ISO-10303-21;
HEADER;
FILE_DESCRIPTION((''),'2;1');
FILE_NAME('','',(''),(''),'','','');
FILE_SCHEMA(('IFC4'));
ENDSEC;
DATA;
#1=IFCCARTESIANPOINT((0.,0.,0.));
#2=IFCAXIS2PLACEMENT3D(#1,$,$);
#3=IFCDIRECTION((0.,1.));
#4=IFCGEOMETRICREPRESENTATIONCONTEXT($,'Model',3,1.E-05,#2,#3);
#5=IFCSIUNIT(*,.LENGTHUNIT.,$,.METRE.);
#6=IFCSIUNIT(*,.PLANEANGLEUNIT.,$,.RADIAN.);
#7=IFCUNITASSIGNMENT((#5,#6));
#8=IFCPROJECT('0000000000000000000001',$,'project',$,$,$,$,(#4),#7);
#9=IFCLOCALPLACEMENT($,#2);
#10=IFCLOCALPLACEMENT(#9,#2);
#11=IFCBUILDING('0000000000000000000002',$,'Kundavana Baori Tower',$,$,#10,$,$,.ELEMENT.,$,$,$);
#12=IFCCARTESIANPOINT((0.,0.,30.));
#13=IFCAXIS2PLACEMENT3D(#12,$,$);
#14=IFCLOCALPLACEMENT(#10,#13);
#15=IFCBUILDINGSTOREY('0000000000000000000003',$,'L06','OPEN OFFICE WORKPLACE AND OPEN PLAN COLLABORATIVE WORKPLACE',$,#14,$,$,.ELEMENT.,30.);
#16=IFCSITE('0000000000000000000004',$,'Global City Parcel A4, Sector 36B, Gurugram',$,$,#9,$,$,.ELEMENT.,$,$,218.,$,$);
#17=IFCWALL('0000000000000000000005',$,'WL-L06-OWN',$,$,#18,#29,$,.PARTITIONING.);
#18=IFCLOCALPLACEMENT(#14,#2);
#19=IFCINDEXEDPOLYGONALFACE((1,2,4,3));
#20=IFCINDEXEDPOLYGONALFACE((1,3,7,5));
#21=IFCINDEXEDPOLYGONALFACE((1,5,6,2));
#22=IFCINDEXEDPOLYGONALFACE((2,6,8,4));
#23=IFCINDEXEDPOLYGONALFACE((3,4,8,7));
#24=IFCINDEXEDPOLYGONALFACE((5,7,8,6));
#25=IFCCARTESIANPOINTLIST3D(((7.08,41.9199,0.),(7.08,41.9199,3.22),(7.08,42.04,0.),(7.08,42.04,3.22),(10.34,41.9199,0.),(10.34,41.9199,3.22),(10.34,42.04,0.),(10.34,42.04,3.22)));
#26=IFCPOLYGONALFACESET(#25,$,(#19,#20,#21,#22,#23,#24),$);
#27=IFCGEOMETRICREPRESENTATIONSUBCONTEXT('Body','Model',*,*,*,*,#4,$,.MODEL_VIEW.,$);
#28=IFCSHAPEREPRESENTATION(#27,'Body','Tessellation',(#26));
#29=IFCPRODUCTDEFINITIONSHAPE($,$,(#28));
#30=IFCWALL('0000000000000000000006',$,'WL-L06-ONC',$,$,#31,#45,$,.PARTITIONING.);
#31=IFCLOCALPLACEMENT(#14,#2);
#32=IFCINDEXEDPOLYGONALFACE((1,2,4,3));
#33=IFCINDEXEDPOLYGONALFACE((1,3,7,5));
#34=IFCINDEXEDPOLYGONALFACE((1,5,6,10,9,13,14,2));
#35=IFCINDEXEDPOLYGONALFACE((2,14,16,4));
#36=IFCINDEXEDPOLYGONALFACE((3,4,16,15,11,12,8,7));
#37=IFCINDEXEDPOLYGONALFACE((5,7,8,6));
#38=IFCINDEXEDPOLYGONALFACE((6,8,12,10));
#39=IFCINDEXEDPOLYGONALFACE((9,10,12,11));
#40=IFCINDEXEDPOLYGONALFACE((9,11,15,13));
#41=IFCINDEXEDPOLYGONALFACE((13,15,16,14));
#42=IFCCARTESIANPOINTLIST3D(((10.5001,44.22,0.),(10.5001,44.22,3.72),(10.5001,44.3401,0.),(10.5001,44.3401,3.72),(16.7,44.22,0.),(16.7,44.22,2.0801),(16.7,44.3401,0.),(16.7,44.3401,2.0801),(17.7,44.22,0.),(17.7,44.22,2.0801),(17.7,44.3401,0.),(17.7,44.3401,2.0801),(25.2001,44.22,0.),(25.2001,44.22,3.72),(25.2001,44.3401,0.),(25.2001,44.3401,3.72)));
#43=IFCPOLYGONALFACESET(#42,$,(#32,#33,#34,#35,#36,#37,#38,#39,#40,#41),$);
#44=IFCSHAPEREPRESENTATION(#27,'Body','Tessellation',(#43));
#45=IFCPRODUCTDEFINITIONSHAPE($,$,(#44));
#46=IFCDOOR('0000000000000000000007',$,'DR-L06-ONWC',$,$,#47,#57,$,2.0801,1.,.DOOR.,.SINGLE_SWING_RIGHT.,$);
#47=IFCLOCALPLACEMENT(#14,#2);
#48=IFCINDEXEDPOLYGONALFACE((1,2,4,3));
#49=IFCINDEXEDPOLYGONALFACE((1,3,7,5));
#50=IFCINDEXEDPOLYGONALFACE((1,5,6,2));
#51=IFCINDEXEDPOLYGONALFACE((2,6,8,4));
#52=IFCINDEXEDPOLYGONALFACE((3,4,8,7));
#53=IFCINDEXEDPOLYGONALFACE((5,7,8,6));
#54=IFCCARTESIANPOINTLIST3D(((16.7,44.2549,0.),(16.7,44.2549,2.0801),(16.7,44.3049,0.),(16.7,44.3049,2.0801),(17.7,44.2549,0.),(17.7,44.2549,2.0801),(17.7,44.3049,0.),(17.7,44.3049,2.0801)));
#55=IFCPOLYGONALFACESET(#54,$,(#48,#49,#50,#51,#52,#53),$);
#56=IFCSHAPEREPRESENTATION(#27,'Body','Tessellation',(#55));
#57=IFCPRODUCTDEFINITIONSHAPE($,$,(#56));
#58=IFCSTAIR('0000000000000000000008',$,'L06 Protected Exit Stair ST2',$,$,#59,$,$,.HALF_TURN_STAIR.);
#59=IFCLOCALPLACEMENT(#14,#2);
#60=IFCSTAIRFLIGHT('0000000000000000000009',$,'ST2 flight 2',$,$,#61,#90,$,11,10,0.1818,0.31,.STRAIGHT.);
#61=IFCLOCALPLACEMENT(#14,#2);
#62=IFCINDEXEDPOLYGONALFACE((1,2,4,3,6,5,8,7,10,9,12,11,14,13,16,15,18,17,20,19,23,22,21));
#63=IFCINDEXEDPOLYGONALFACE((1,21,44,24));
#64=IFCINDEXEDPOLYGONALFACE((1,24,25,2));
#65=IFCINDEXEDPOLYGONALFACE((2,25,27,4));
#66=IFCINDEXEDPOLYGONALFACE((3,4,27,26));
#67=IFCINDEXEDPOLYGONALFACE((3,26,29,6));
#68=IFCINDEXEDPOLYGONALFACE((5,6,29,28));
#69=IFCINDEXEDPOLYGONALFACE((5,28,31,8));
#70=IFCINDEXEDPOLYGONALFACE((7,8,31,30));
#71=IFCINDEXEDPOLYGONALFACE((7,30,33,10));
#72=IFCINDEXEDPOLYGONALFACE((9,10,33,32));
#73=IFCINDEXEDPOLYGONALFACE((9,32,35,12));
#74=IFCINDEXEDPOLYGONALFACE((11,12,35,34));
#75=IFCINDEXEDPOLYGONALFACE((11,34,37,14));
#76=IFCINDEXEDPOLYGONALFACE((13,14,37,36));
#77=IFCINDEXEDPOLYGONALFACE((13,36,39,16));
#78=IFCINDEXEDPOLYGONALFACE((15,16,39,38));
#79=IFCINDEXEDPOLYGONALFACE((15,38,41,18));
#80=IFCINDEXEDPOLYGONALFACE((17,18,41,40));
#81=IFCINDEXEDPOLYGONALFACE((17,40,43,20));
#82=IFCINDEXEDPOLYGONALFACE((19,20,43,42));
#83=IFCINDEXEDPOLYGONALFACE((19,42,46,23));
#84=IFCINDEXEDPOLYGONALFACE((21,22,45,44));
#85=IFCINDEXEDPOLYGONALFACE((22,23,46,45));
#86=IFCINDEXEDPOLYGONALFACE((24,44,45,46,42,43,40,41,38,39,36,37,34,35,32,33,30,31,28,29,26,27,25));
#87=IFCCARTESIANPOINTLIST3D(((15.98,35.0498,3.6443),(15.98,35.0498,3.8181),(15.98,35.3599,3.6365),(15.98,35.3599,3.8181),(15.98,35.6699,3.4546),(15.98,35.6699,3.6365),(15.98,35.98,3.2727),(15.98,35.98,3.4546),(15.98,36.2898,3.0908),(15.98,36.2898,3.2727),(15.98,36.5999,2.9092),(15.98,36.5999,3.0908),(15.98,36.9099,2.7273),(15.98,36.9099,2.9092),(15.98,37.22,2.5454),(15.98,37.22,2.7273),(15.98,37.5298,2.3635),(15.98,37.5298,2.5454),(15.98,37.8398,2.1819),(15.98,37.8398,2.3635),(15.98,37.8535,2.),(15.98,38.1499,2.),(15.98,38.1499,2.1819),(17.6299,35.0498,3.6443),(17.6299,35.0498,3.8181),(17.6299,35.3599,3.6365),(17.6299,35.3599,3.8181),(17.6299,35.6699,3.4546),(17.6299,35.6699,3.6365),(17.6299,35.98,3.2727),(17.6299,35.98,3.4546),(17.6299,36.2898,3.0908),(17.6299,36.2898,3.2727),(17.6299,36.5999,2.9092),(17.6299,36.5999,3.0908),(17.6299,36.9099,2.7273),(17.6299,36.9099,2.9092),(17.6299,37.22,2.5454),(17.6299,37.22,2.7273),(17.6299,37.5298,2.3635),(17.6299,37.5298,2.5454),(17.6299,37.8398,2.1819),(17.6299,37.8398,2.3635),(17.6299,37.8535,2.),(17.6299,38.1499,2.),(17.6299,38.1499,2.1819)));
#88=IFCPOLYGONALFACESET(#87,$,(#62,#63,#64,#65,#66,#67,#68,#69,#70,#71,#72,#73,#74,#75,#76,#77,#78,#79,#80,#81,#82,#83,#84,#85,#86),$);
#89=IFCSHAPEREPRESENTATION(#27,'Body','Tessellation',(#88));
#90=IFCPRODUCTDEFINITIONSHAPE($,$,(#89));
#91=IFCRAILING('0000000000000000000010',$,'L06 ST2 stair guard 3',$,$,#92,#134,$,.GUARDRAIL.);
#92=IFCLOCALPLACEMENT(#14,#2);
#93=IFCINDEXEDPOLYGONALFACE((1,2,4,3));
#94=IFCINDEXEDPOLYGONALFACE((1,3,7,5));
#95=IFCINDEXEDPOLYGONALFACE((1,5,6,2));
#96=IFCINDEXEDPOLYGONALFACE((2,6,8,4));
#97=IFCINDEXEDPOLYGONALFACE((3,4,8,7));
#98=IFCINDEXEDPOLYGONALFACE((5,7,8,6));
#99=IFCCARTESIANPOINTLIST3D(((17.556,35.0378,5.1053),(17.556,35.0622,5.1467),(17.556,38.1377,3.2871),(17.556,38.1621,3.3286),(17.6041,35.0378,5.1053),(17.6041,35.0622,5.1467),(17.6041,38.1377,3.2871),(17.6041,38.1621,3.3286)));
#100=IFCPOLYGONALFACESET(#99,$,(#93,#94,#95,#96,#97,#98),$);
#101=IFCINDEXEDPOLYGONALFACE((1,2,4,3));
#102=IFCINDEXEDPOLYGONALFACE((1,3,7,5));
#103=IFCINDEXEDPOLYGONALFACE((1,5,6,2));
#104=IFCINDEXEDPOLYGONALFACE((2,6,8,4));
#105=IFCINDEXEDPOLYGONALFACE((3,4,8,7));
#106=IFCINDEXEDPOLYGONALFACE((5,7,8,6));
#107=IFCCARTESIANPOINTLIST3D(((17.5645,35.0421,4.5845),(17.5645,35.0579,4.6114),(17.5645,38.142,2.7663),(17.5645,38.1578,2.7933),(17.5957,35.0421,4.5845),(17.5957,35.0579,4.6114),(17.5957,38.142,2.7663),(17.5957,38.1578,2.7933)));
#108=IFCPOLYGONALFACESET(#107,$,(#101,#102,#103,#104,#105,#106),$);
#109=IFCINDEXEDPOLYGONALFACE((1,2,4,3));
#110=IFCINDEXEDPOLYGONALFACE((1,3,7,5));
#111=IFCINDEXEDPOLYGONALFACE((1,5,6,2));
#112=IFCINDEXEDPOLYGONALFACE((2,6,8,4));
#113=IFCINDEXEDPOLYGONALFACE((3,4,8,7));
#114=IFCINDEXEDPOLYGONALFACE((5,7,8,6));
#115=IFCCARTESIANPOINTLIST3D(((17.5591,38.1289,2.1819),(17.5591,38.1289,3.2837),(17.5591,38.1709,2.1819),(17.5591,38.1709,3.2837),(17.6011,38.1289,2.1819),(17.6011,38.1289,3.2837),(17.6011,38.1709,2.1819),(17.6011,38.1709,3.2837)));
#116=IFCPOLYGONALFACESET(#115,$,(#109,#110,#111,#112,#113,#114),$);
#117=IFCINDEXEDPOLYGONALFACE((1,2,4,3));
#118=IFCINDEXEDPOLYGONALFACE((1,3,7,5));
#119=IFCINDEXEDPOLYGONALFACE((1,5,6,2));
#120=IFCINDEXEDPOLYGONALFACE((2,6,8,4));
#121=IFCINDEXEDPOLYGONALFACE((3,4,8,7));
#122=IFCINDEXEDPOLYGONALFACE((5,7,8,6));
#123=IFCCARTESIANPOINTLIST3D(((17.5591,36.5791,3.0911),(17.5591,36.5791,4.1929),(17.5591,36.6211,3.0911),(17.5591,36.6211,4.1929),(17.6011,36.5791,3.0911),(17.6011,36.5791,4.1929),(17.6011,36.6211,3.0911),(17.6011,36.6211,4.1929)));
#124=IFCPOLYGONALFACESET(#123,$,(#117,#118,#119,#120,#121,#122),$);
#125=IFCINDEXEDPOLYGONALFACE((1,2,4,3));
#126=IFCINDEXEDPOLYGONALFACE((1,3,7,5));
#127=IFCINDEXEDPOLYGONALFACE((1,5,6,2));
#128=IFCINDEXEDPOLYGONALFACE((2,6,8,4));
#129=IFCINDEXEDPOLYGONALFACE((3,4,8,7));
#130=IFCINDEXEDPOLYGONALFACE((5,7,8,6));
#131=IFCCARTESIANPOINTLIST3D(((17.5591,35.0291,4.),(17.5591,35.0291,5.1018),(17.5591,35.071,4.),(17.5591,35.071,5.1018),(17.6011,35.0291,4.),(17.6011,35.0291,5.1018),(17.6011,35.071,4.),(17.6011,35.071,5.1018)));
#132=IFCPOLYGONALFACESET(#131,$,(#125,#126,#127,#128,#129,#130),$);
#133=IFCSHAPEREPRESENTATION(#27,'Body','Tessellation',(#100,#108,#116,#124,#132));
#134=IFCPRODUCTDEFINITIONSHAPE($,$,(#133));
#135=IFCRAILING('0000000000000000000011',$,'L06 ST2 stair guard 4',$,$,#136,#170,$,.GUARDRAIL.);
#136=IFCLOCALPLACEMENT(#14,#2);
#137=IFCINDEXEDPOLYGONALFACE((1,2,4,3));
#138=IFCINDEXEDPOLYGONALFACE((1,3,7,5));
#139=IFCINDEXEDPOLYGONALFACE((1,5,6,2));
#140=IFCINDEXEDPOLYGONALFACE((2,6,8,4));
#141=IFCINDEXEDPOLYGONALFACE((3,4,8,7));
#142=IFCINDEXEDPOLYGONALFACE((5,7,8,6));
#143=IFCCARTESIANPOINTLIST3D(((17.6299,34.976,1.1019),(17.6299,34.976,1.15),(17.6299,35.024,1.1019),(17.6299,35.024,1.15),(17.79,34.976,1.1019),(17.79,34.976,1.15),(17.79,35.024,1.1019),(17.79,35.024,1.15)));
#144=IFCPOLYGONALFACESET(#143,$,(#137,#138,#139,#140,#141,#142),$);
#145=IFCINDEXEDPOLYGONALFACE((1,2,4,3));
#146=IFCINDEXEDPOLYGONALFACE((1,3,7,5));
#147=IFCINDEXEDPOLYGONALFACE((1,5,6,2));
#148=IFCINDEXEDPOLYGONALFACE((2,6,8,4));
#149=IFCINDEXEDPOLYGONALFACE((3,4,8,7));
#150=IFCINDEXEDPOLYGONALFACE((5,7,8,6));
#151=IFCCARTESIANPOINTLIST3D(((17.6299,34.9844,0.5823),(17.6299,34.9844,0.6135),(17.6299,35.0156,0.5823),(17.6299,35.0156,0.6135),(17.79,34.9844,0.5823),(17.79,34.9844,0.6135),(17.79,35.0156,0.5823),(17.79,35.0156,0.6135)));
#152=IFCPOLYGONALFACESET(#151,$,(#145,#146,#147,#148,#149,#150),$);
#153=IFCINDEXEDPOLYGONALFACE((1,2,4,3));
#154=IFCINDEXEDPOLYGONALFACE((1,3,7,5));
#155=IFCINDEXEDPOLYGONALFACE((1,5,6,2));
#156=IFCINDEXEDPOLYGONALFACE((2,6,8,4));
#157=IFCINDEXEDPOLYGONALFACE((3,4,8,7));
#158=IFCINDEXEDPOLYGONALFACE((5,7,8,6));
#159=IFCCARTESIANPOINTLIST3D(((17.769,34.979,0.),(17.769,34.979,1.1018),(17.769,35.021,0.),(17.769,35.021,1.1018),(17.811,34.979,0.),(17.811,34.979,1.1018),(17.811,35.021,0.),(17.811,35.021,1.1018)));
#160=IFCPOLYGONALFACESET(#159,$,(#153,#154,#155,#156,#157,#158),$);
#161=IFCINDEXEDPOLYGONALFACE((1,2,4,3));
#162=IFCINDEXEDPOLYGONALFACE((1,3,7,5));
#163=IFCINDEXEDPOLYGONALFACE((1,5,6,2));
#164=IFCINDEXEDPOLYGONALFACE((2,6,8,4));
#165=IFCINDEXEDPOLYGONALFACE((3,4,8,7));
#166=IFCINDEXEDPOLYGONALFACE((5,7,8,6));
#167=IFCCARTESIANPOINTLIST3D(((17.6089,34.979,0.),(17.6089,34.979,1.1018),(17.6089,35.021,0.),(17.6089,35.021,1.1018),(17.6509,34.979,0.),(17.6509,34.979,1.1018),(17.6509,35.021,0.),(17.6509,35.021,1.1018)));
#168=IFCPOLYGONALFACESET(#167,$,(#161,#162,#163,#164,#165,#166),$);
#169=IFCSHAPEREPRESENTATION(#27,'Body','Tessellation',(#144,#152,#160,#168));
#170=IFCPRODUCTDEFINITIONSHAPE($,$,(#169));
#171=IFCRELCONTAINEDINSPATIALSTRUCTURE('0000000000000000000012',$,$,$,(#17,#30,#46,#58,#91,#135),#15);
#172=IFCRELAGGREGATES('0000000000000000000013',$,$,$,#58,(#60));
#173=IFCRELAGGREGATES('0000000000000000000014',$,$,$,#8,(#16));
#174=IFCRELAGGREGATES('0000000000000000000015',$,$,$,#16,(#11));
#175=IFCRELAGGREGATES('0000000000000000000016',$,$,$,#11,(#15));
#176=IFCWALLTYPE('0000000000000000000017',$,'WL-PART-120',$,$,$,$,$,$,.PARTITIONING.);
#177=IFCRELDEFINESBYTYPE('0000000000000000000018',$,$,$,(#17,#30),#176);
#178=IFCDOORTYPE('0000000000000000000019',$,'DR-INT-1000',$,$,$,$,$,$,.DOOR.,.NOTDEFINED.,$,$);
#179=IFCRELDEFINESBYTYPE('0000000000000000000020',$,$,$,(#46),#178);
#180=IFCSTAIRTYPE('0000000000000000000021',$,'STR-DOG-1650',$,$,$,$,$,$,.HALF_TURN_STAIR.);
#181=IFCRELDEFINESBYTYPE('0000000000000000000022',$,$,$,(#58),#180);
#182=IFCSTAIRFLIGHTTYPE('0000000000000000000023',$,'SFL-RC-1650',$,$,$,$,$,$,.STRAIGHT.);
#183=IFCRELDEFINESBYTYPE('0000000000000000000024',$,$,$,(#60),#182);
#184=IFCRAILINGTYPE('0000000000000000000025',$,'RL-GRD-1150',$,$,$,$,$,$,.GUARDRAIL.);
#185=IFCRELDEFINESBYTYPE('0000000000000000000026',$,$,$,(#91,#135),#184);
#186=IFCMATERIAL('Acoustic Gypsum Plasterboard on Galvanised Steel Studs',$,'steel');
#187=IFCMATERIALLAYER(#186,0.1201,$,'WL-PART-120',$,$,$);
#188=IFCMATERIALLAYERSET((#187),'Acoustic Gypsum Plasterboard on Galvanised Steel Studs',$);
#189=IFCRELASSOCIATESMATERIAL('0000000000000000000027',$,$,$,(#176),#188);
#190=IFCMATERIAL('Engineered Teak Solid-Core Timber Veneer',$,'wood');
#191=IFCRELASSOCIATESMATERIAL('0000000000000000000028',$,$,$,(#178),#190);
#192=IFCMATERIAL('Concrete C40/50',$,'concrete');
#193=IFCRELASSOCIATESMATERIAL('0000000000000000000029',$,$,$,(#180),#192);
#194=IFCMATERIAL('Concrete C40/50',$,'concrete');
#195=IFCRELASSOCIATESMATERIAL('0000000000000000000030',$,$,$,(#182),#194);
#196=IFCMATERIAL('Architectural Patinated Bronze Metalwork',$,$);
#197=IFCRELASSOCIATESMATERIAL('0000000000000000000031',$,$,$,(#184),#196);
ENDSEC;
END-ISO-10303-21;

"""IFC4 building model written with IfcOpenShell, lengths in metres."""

from ifc_helpers import new_model, si_unit, direction, frame, frame_2d, origin, origin_2d, place, context, subcontext, project, spatial, polyline, rectangle, outline, extrude, material, layer, layer_set, type_object, element, fill, aggregate, save


model = new_model("IFC4")

# Units and contexts
model_context = context("Model", 3, precision=1e-05, world=origin(), true_north=direction((0.0, 1.0)))
body_context = subcontext(model_context, "Body", "Model", "MODEL_VIEW")
ifc_project = project(units=[si_unit("LENGTHUNIT", "METRE"), si_unit("PLANEANGLEUNIT", "RADIAN")], contexts=[model_context])

# Site, building, storey
site_placement = place(None, origin())
site = spatial("IfcSite", under=ifc_project, at=site_placement, Name="Global City Parcel A4, Sector 36B, Gurugram", CompositionType="ELEMENT", RefElevation=218.0)
building_placement = place(site_placement, origin())
building = spatial("IfcBuilding", under=site, at=building_placement, Name="Kundavana Baori Tower", CompositionType="ELEMENT")
storey_placement = place(building_placement, frame((0.0, 0.0, 30.0)))
storey = spatial("IfcBuildingStorey", under=building, at=storey_placement, Name="L06", Description="OPEN OFFICE WORKPLACE AND OPEN PLAN COLLABORATIVE WORKPLACE", CompositionType="ELEMENT", Elevation=30.0)

# Wall
ifc_material_1 = material(Name="Acoustic Gypsum Plasterboard on Galvanised Steel Studs", Category="steel")
ifc_layer_1 = layer(ifc_material_1, 0.1201, Name="WL-PART-120")
ifc_layer_set_1 = layer_set([ifc_layer_1], Name="Acoustic Gypsum Plasterboard on Galvanised Steel Studs")
wall_type_1 = type_object("IfcWallType", Name="WL-PART-120", PredefinedType="PARTITIONING", material=ifc_layer_set_1)
wall_1_placement = place(storey_placement, frame((7.0801, 41.98, 0.0), z_axis=(0.0, 0.0, 1.0), x_axis=(1.0, 0.0, 0.0)))
element("IfcWall", 1, at=wall_1_placement, inside=storey, type_object=wall_type_1, Name="WL-L06-OWN", PredefinedType="PARTITIONING", context=body_context, shape_type="SweptSolid", body=[
    extrude(rectangle(XDim=3.26, YDim=0.1201, at=frame_2d((1.6299, 0.0))), origin(), (0.0, 0.0, 1.0), 3.22),
])

# Wall, opening, door
wall_2_placement = place(storey_placement, frame((10.5, 44.28, 0.0), z_axis=(0.0, 0.0, 1.0), x_axis=(1.0, 0.0, 0.0)))
wall_2 = element("IfcWall", 2, at=wall_2_placement, inside=storey, type_object=wall_type_1, Name="WL-L06-ONC", PredefinedType="PARTITIONING", context=body_context, shape_type="SweptSolid", body=[
    extrude(rectangle(XDim=14.7, YDim=0.1201, at=frame_2d((7.3501, 0.0))), origin(), (0.0, 0.0, 1.0), 3.72),
])
opening_1_placement = place(wall_2_placement, frame((6.2, 0.0, 0.0)))
opening_1 = element("IfcOpeningElement", 3, at=opening_1_placement, cuts=wall_2, PredefinedType="OPENING", context=body_context, shape_type="SweptSolid", body=[
    extrude(rectangle(XDim=1.0, YDim=2.0801, at=frame_2d((0.5, 1.04))), frame((0.0, 0.0701, 0.0), z_axis=(0.0, -1.0, 0.0), x_axis=(1.0, 0.0, 0.0)), (0.0, 0.0, 1.0), 0.1401),
])
ifc_material_2 = material(Name="Engineered Teak Solid-Core Timber Veneer", Category="wood")
door_type_1 = type_object("IfcDoorType", Name="DR-INT-1000", OperationType="NOTDEFINED", PredefinedType="DOOR", material=ifc_material_2)
door_1_placement = place(opening_1_placement, origin())
door_1 = element("IfcDoor", 4, at=door_1_placement, inside=storey, type_object=door_type_1, Name="DR-L06-ONWC", OperationType="SINGLE_SWING_RIGHT", OverallHeight=2.0801, OverallWidth=1.0, PredefinedType="DOOR", context=body_context, shape_type="SweptSolid", body=[
    extrude(rectangle(XDim=1.0, YDim=2.0801, at=frame_2d((0.5, 1.04))), frame((0.0, 0.0249, 0.0), z_axis=(0.0, -1.0, 0.0), x_axis=(1.0, 0.0, 0.0)), (0.0, 0.0, 1.0), 0.05),
])
fill(opening_1, door_1)

# Stair, stair flight
ifc_material_3 = material(Name="Concrete C40/50", Category="concrete")
stair_type = type_object("IfcStairType", Name="STR-DOG-1650", PredefinedType="HALF_TURN_STAIR", material=ifc_material_3)
stair_placement = place(storey_placement, origin())
stair = element("IfcStair", 5, at=stair_placement, inside=storey, type_object=stair_type, Name="L06 Protected Exit Stair ST2", PredefinedType="HALF_TURN_STAIR")
ifc_material_4 = material(Name="Concrete C40/50", Category="concrete")
stair_flight_type = type_object("IfcStairFlightType", Name="SFL-RC-1650", PredefinedType="STRAIGHT", material=ifc_material_4)
stair_flight_placement = place(storey_placement, frame((16.8049, 38.1499, 2.0), z_axis=(0.0, 0.0, 1.0), x_axis=(0.0, -1.0, 0.0)))
stair_flight = element("IfcStairFlight", 6, at=stair_flight_placement, type_object=stair_flight_type, Name="ST2 flight 2", NumberOfRisers=11, NumberOfTreads=10, PredefinedType="STRAIGHT", RiserHeight=0.1818, TreadLength=0.31, context=body_context, shape_type="SweptSolid", body=[
    extrude(outline(polyline([(0.0, 0.0), (0.0, 0.1819), (0.3101, 0.1819), (0.3101, 0.3635), (0.6201, 0.3635), (0.6201, 0.5454), (0.9299, 0.5454), (0.9299, 0.7273), (1.24, 0.7273), (1.24, 0.9092), (1.55, 0.9092), (1.55, 1.0908), (1.8601, 1.0908), (1.8601, 1.2727), (2.1699, 1.2727), (2.1699, 1.4546), (2.48, 1.4546), (2.48, 1.6365), (2.79, 1.6365), (2.79, 1.8181), (3.1001, 1.8181), (3.1001, 2.0), (3.1001, 1.6443), (0.2964, 0.0), (0.0, 0.0)])), frame((0.0, 0.825, 0.0), z_axis=(0.0, -1.0, 0.0), x_axis=(1.0, 0.0, 0.0)), (0.0, 0.0, 1.0), 1.6499),
])
aggregate(stair, [stair_flight])

# Railings
ifc_material_5 = material(Name="Architectural Patinated Bronze Metalwork")
railing_type_1 = type_object("IfcRailingType", Name="RL-GRD-1150", PredefinedType="GUARDRAIL", material=ifc_material_5)
railing_1_placement = place(storey_placement, frame((17.5801, 38.1499, 2.1819)))
element("IfcRailing", 7, at=railing_1_placement, inside=storey, type_object=railing_type_1, Name="L06 ST2 stair guard 3", PredefinedType="GUARDRAIL", context=body_context, shape_type="SweptSolid", body=[
    extrude(rectangle(XDim=0.0481, YDim=0.0481, at=origin_2d()), frame((0.0, 0.0, 1.126), z_axis=(0.0, -0.862581, 0.505918), x_axis=(1.0, 0.0, 0.0)), (0.0, 0.0, 1.0), 3.5938),
    extrude(rectangle(XDim=0.0312, YDim=0.0312, at=origin_2d()), frame((0.0, 0.0, 0.5979), z_axis=(0.0, -0.862581, 0.505918), x_axis=(1.0, 0.0, 0.0)), (0.0, 0.0, 1.0), 3.5938),
    extrude(rectangle(XDim=0.042, YDim=0.042, at=origin_2d()), origin(), (0.0, 0.0, 1.0), 1.1018),
    extrude(rectangle(XDim=0.042, YDim=0.042, at=origin_2d()), frame((0.0, -1.5498, 0.9092)), (0.0, 0.0, 1.0), 1.1018),
    extrude(rectangle(XDim=0.042, YDim=0.042, at=origin_2d()), frame((0.0, -3.0999, 1.8181)), (0.0, 0.0, 1.0), 1.1018),
])
railing_2_placement = place(storey_placement, frame((17.79, 35.0, 0.0)))
element("IfcRailing", 8, at=railing_2_placement, inside=storey, type_object=railing_type_1, Name="L06 ST2 stair guard 4", PredefinedType="GUARDRAIL", context=body_context, shape_type="SweptSolid", body=[
    extrude(rectangle(XDim=0.0481, YDim=0.0481, at=origin_2d()), frame((0.0, 0.0, 1.126), z_axis=(-1.0, 0.0, 0.0), x_axis=(0.0, -1.0, 0.0)), (0.0, 0.0, 1.0), 0.1602),
    extrude(rectangle(XDim=0.0312, YDim=0.0312, at=origin_2d()), frame((0.0, 0.0, 0.5979), z_axis=(-1.0, 0.0, 0.0), x_axis=(0.0, -1.0, 0.0)), (0.0, 0.0, 1.0), 0.1602),
    extrude(rectangle(XDim=0.042, YDim=0.042, at=origin_2d()), origin(), (0.0, 0.0, 1.0), 1.1018),
    extrude(rectangle(XDim=0.042, YDim=0.042, at=origin_2d()), frame((-0.1602, 0.0, 0.0)), (0.0, 0.0, 1.0), 1.1018),
])

save(model, "model.ifc")
